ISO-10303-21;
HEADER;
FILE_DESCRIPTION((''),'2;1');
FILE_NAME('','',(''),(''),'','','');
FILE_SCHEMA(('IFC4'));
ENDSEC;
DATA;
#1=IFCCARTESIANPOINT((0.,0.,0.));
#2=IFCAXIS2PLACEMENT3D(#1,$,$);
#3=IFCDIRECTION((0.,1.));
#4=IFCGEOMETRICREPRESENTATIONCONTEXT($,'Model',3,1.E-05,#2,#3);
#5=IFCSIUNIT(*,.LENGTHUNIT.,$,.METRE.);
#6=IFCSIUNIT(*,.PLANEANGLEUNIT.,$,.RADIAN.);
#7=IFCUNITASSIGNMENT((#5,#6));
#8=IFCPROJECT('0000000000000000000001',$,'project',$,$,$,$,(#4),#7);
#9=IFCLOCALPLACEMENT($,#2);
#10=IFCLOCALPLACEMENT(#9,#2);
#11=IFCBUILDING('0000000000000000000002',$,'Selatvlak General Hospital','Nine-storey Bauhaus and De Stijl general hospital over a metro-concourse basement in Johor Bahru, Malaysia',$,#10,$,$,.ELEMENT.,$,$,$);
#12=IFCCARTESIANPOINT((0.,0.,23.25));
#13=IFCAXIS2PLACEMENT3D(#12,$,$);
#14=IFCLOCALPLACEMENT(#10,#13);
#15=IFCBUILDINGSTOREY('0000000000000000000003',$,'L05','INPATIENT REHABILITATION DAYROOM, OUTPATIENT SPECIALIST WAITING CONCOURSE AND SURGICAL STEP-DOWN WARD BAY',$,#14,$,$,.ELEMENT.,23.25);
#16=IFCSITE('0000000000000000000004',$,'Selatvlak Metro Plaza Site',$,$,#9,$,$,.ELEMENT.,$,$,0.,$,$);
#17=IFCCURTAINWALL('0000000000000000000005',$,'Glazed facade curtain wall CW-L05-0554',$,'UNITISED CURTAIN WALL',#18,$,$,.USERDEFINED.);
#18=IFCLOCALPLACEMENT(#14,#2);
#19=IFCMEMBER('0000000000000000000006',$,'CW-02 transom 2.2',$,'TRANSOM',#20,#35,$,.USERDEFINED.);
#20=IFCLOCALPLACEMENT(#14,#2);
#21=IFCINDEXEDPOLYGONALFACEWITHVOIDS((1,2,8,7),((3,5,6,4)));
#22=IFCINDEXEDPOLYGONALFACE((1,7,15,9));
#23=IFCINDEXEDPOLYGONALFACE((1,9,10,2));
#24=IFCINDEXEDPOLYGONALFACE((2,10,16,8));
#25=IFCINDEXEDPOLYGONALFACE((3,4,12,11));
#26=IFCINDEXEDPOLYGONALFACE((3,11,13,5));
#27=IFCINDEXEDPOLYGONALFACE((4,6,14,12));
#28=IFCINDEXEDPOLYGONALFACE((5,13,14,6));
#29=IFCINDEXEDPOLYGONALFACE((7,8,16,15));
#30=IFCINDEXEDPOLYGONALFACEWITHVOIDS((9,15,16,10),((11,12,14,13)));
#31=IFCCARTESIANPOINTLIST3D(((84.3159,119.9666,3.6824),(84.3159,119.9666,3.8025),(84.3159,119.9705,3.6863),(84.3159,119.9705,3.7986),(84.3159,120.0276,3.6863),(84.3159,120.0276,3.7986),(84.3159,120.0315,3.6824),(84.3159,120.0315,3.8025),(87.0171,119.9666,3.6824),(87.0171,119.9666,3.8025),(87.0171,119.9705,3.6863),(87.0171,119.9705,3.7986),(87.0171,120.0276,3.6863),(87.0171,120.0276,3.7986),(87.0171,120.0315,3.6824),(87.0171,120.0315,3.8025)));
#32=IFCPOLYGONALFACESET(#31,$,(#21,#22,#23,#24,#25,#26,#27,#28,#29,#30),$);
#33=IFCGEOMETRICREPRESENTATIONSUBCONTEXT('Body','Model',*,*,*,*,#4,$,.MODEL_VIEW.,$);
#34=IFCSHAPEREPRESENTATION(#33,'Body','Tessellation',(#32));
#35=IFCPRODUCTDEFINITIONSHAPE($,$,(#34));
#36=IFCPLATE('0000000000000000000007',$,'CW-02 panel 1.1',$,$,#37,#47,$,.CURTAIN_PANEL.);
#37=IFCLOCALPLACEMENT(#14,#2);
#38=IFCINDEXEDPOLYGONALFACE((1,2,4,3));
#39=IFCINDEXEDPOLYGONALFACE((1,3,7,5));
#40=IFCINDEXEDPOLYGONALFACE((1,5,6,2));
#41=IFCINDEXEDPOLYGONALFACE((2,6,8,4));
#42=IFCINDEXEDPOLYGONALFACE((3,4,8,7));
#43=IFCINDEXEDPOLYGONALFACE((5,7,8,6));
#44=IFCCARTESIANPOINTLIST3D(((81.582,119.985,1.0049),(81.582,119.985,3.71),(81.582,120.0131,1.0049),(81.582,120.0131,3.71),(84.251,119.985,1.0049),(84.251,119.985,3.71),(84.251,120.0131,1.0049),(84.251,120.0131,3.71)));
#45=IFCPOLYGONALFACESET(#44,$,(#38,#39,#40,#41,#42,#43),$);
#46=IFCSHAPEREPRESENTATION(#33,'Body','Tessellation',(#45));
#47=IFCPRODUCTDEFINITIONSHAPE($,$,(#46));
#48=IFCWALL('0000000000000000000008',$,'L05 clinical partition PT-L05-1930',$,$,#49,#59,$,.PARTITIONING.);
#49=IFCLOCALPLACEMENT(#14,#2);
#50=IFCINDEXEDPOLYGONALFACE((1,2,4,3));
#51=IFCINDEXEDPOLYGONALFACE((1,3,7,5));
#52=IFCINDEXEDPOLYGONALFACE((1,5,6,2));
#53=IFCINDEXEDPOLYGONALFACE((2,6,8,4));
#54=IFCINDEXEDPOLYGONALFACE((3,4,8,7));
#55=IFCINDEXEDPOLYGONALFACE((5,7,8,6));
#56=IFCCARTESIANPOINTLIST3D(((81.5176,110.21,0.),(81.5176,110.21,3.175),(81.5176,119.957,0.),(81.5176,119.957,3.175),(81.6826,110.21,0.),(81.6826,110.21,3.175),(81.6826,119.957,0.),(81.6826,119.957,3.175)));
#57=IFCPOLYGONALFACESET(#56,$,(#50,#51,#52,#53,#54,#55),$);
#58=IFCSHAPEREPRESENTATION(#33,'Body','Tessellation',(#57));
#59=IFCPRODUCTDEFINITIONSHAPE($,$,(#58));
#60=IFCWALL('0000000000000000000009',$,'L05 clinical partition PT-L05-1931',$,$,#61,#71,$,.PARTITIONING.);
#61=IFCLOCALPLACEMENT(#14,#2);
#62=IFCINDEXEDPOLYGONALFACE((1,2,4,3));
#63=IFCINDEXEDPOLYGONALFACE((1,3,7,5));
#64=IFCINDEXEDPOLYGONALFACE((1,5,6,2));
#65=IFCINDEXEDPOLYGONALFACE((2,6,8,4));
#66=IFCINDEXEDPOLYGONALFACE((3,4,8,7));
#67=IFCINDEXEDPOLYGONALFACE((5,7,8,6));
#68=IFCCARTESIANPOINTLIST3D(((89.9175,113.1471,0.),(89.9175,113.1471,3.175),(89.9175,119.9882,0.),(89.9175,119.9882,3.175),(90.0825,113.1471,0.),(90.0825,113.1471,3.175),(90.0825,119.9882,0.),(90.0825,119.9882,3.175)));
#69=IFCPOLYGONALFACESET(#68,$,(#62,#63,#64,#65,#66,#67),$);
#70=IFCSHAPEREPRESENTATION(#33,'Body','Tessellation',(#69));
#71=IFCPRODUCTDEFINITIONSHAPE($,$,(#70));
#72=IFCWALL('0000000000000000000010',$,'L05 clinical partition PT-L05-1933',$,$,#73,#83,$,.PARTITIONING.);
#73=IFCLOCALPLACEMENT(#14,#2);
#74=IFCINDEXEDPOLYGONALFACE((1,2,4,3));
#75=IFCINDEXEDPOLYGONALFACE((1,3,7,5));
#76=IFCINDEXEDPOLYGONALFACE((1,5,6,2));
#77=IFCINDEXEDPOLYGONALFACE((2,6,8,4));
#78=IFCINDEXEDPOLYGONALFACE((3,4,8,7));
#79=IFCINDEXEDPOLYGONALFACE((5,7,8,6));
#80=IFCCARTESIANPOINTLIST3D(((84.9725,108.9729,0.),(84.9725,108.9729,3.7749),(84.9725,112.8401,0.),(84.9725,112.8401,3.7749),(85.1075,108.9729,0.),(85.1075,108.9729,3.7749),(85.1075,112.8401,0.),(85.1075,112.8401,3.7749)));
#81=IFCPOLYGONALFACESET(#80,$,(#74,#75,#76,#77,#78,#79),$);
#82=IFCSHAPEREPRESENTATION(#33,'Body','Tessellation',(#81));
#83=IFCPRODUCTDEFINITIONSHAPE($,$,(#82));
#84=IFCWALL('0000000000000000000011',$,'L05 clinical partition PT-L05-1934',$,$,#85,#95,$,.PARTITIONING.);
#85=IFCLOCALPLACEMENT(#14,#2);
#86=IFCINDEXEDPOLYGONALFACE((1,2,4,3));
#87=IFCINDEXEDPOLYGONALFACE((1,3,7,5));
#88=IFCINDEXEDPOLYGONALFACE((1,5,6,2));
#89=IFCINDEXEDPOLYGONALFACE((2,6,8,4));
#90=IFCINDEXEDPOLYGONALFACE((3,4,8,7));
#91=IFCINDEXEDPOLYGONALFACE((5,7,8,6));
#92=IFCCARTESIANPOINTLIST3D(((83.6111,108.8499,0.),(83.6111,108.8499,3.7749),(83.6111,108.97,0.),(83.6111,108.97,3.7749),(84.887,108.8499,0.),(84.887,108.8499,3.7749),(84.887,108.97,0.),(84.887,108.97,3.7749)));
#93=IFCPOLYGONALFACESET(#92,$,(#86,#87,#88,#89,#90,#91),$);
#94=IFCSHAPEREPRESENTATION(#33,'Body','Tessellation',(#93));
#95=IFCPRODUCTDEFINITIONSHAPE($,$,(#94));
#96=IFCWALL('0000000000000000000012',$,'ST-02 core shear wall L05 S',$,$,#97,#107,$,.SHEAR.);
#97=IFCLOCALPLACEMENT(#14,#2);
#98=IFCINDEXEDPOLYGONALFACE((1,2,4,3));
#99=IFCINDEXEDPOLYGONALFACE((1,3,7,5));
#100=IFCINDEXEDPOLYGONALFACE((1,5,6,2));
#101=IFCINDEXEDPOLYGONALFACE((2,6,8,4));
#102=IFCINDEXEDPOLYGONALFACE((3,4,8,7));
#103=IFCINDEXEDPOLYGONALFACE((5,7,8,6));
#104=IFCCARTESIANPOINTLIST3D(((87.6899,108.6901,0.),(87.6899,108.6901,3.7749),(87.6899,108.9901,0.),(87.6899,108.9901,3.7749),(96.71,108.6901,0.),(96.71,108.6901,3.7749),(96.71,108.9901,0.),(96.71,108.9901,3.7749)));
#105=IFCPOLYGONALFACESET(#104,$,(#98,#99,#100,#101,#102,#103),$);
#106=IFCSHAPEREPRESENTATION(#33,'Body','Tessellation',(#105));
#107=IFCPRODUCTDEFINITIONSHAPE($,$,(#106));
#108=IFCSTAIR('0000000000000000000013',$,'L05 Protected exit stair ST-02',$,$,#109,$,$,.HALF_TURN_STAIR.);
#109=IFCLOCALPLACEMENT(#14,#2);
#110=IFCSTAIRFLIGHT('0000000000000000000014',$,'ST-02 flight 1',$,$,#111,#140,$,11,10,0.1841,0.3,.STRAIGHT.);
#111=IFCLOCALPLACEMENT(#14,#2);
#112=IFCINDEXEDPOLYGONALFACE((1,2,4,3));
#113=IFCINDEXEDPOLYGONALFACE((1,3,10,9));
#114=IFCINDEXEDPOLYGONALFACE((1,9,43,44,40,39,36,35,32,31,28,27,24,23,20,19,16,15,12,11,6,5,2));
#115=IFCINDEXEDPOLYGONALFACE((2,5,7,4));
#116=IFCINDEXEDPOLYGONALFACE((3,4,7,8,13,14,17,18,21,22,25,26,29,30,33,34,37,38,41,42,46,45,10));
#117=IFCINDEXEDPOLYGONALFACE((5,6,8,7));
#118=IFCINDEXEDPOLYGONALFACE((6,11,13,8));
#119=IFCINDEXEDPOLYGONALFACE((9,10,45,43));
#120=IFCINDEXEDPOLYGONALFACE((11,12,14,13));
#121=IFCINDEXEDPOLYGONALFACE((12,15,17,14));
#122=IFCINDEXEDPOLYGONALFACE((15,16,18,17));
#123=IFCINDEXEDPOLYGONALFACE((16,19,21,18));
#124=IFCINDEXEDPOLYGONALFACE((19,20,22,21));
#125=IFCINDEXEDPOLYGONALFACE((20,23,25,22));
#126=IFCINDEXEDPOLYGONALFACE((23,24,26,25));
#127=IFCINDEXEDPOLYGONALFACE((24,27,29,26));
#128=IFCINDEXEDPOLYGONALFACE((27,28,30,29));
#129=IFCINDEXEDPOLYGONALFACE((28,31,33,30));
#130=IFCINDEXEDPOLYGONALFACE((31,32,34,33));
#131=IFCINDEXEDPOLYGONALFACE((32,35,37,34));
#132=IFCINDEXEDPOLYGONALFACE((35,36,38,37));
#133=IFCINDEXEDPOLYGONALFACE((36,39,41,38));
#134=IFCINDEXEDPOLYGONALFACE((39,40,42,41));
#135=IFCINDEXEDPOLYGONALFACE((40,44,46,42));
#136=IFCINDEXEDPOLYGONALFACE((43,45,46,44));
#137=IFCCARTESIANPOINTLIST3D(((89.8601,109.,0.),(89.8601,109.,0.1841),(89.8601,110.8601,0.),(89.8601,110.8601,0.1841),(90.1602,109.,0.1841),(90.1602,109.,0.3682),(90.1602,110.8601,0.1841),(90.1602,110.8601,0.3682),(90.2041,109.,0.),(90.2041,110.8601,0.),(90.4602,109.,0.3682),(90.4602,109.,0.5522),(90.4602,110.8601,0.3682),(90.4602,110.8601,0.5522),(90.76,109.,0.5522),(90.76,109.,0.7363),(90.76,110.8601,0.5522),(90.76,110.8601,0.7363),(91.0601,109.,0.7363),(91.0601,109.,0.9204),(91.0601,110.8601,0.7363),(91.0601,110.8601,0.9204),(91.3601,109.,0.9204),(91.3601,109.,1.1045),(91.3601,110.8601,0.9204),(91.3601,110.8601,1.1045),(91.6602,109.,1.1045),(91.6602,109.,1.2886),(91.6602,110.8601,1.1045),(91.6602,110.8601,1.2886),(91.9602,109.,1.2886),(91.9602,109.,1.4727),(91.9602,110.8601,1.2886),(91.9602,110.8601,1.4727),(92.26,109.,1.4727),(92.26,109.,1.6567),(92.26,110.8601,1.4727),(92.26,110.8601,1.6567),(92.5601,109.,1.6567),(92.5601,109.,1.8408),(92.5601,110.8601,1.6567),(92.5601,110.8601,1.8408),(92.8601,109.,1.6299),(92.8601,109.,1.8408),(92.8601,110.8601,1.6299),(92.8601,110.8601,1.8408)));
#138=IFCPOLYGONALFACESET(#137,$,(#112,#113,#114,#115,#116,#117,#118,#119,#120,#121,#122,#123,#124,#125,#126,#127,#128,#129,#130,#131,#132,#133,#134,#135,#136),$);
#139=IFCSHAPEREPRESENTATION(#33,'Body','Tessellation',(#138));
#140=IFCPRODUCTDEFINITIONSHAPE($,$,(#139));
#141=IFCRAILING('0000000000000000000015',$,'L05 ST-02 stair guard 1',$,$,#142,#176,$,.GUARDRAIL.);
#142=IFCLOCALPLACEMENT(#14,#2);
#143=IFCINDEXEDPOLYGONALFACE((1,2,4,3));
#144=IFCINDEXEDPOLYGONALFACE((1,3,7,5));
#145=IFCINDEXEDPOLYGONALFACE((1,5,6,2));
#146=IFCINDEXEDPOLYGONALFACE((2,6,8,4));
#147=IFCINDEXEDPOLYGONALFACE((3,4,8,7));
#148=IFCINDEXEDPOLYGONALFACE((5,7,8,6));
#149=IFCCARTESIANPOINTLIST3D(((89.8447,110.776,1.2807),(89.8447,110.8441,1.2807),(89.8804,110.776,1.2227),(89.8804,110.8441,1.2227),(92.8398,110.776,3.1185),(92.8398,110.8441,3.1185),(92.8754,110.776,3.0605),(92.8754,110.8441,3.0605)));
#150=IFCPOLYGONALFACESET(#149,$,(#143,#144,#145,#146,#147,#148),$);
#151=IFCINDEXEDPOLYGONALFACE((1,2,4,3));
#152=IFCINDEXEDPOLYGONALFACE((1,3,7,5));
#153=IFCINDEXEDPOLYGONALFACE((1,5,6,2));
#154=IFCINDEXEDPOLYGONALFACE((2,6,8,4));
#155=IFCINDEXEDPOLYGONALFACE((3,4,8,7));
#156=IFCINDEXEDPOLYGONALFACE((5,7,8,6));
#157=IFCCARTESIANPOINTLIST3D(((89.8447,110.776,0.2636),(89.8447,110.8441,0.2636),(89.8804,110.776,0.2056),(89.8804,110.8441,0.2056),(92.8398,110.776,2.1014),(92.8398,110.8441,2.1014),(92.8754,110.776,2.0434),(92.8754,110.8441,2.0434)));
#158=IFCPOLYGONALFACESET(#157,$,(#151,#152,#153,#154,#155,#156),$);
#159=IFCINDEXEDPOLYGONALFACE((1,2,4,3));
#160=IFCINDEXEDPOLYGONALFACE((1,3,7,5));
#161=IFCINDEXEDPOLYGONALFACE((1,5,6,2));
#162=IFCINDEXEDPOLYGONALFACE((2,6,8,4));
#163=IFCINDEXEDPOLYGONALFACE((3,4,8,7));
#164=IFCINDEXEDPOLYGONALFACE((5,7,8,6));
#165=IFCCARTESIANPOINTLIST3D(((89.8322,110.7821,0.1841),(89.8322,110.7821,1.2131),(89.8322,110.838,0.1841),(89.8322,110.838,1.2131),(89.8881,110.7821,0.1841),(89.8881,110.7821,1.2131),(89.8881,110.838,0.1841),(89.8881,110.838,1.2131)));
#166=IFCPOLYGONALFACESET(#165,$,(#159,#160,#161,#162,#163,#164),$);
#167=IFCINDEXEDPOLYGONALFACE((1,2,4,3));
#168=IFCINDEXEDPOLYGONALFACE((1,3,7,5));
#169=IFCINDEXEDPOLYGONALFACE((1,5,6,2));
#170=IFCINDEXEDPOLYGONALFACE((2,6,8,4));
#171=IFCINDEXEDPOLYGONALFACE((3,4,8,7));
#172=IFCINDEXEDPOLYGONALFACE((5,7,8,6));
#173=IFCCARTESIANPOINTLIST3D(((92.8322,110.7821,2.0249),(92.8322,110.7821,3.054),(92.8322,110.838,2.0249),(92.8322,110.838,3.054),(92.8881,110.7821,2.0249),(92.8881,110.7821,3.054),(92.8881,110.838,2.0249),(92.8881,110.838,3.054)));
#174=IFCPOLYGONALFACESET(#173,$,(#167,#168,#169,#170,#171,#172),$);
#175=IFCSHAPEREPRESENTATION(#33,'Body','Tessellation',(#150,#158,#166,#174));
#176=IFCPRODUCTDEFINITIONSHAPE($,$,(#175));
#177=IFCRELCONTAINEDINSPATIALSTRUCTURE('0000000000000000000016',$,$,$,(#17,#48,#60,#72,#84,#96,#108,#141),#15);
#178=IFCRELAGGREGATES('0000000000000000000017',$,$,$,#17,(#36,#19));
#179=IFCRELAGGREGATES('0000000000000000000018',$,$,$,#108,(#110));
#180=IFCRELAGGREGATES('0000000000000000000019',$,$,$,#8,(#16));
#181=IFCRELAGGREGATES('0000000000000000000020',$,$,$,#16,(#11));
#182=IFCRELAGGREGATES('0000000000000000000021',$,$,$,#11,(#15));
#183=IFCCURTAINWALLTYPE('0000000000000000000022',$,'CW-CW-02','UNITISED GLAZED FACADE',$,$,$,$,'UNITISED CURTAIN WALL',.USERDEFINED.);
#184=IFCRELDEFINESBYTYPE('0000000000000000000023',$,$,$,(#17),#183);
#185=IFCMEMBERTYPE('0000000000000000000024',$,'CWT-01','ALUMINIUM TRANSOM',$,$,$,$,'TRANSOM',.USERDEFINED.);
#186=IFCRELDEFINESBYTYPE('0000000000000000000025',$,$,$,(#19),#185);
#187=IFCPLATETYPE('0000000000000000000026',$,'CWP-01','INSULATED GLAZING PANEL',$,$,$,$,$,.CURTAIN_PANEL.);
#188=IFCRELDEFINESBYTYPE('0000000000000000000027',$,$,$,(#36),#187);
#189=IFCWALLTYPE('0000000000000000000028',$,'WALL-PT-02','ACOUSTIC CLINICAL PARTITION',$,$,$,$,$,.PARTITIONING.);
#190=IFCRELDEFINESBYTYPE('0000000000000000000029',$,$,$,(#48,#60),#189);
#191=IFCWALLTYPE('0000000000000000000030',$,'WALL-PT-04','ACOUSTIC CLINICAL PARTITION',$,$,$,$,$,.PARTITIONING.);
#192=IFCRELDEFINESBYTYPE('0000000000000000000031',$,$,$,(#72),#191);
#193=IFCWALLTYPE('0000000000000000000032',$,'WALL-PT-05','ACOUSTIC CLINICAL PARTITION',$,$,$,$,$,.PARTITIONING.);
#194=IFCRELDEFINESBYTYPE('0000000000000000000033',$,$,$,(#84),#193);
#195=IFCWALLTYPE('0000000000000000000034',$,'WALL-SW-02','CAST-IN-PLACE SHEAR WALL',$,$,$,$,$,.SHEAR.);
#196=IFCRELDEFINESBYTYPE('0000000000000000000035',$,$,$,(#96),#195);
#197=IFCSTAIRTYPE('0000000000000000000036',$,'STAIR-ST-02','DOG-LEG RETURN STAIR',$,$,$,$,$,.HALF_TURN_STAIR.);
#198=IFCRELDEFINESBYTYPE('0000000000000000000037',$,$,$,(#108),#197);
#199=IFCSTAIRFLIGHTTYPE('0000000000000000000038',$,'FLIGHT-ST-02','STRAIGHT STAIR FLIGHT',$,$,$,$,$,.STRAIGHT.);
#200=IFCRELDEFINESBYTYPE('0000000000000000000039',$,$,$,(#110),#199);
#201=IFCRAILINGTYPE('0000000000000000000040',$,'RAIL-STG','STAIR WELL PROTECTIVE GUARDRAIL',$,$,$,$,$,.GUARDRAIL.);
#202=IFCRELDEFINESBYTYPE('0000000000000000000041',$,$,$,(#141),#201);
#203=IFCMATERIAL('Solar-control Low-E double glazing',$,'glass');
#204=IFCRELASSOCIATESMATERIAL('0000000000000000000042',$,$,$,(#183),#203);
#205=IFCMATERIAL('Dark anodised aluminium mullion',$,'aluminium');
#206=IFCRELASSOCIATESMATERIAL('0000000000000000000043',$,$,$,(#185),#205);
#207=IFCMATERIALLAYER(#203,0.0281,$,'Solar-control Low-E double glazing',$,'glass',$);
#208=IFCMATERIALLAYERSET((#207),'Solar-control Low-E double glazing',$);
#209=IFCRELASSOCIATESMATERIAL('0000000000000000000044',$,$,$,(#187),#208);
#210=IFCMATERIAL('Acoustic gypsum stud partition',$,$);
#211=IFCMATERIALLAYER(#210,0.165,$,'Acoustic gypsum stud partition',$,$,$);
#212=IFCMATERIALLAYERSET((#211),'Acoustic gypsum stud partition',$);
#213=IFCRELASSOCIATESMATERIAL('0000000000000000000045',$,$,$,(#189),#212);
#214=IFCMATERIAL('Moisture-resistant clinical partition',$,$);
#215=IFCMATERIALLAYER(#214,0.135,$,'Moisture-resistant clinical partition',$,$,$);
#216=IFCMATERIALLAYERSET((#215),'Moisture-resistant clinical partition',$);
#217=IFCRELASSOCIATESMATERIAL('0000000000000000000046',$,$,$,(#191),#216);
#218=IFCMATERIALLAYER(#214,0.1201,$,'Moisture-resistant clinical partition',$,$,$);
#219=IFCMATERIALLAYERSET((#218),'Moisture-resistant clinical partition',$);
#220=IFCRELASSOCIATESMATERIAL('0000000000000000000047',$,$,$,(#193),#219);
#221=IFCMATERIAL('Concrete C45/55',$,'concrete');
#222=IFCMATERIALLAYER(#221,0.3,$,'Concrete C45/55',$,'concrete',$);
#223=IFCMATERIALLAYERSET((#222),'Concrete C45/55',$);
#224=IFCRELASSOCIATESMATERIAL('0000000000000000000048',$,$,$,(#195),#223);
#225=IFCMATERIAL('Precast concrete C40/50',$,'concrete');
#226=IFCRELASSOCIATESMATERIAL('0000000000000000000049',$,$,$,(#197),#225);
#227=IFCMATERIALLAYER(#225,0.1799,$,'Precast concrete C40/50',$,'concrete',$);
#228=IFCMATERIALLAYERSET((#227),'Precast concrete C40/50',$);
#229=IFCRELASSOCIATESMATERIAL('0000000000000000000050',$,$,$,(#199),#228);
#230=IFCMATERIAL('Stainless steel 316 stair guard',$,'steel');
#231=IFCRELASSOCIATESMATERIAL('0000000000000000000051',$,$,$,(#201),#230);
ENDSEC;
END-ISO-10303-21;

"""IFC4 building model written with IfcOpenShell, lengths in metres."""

from ifc_helpers import new_model, si_unit, direction, frame, frame_2d, origin, origin_2d, place, context, subcontext, project, spatial, polyline, rectangle, hollow_rectangle, outline, extrude, material, layer, layer_set, material_profile, profile_set, type_object, element, aggregate, save


model = new_model("IFC4")

# Units and contexts
model_context = context("Model", 3, precision=1e-05, world=origin(), true_north=direction((0.0, 1.0)))
body_context = subcontext(model_context, "Body", "Model", "MODEL_VIEW")
ifc_project = project(units=[si_unit("LENGTHUNIT", "METRE"), si_unit("PLANEANGLEUNIT", "RADIAN")], contexts=[model_context])

# Site, building, storey
site_placement = place(None, origin())
site = spatial("IfcSite", under=ifc_project, at=site_placement, Name="Selatvlak Metro Plaza Site", CompositionType="ELEMENT", RefElevation=0.0)
building_placement = place(site_placement, origin())
building = spatial("IfcBuilding", under=site, at=building_placement, Name="Selatvlak General Hospital", Description="Nine-storey Bauhaus and De Stijl general hospital over a metro-concourse basement in Johor Bahru, Malaysia", CompositionType="ELEMENT")
storey_placement = place(building_placement, frame((0.0, 0.0, 23.25)))
storey = spatial("IfcBuildingStorey", under=building, at=storey_placement, Name="L05", Description="INPATIENT REHABILITATION DAYROOM, OUTPATIENT SPECIALIST WAITING CONCOURSE AND SURGICAL STEP-DOWN WARD BAY", CompositionType="ELEMENT", Elevation=23.25)

# Curtain wall, member, plate
ifc_material_1 = material(Name="Solar-control Low-E double glazing", Category="glass")
curtain_wall_type = type_object("IfcCurtainWallType", Name="CW-CW-02", Description="UNITISED GLAZED FACADE", ElementType="UNITISED CURTAIN WALL", PredefinedType="USERDEFINED", material=ifc_material_1)
curtain_wall_placement = place(storey_placement, origin())
curtain_wall = element("IfcCurtainWall", 1, at=curtain_wall_placement, inside=storey, type_object=curtain_wall_type, Name="Glazed facade curtain wall CW-L05-0554", ObjectType="UNITISED CURTAIN WALL", PredefinedType="USERDEFINED")
ifc_material_2 = material(Name="Dark anodised aluminium mullion", Category="aluminium")
ifc_material_profile_1 = material_profile(ifc_material_2, hollow_rectangle(XDim=0.0649, YDim=0.1201, WallThickness=0.0039, at=origin_2d()), Name="AL-TRN 65x120x4")
ifc_profile_set_1 = profile_set([ifc_material_profile_1], Name="Dark anodised aluminium mullion")
member_type_1 = type_object("IfcMemberType", Name="CWT-01", Description="ALUMINIUM TRANSOM", ElementType="TRANSOM", PredefinedType="USERDEFINED", material=ifc_profile_set_1)
member_1_placement = place(storey_placement, frame((84.3159, 119.999, 3.7424), z_axis=(1.0, 0.0, 0.0), x_axis=(0.0, 1.0, 0.0)))
member_1 = element("IfcMember", 2, at=member_1_placement, type_object=member_type_1, Name="CW-02 transom 2.2", ObjectType="TRANSOM", PredefinedType="USERDEFINED", context=body_context, shape_type="SweptSolid", body=[
    extrude(hollow_rectangle(XDim=0.0649, YDim=0.1201, WallThickness=0.0039, at=origin_2d()), origin(), (0.0, 0.0, 1.0), 2.7012),
])
ifc_layer_1 = layer(ifc_material_1, 0.0281, Name="Solar-control Low-E double glazing", Category="glass")
ifc_layer_set_1 = layer_set([ifc_layer_1], Name="Solar-control Low-E double glazing")
plate_type = type_object("IfcPlateType", Name="CWP-01", Description="INSULATED GLAZING PANEL", PredefinedType="CURTAIN_PANEL", material=ifc_layer_set_1)
plate_placement = place(storey_placement, frame((82.9165, 119.999, 1.0049), z_axis=(0.0, 0.0, 1.0), x_axis=(1.0, 0.0, 0.0)))
plate = element("IfcPlate", 3, at=plate_placement, type_object=plate_type, Name="CW-02 panel 1.1", PredefinedType="CURTAIN_PANEL", context=body_context, shape_type="SweptSolid", body=[
    extrude(rectangle(XDim=2.6689, YDim=0.0281, at=origin_2d()), origin(), (0.0, 0.0, 1.0), 2.7051),
])
aggregate(curtain_wall, [plate, member_1])

# Walls
ifc_material_3 = material(Name="Acoustic gypsum stud partition")
ifc_layer_2 = layer(ifc_material_3, 0.165, Name="Acoustic gypsum stud partition")
ifc_layer_set_2 = layer_set([ifc_layer_2], Name="Acoustic gypsum stud partition")
wall_type_1 = type_object("IfcWallType", Name="WALL-PT-02", Description="ACOUSTIC CLINICAL PARTITION", PredefinedType="PARTITIONING", material=ifc_layer_set_2)
wall_1_placement = place(storey_placement, frame((81.6001, 119.957, 0.0), z_axis=(0.0, 0.0, 1.0), x_axis=(0.0, -1.0, 0.0)))
element("IfcWall", 4, at=wall_1_placement, inside=storey, type_object=wall_type_1, Name="L05 clinical partition PT-L05-1930", PredefinedType="PARTITIONING", context=body_context, shape_type="SweptSolid", body=[
    extrude(rectangle(XDim=9.7471, YDim=0.165, at=frame_2d((4.8735, 0.0))), origin(), (0.0, 0.0, 1.0), 3.175),
])
wall_2_placement = place(storey_placement, frame((90.0, 119.988, 0.0), z_axis=(0.0, 0.0, 1.0), x_axis=(0.0, -1.0, 0.0)))
element("IfcWall", 5, at=wall_2_placement, inside=storey, type_object=wall_type_1, Name="L05 clinical partition PT-L05-1931", PredefinedType="PARTITIONING", context=body_context, shape_type="SweptSolid", body=[
    extrude(rectangle(XDim=6.8411, YDim=0.165, at=frame_2d((3.4204, 0.0))), origin(), (0.0, 0.0, 1.0), 3.175),
])

# Walls
ifc_material_4 = material(Name="Moisture-resistant clinical partition")
ifc_layer_3 = layer(ifc_material_4, 0.135, Name="Moisture-resistant clinical partition")
ifc_layer_set_3 = layer_set([ifc_layer_3], Name="Moisture-resistant clinical partition")
wall_type_2 = type_object("IfcWallType", Name="WALL-PT-04", Description="ACOUSTIC CLINICAL PARTITION", PredefinedType="PARTITIONING", material=ifc_layer_set_3)
wall_3_placement = place(storey_placement, frame((85.04, 112.8401, 0.0), z_axis=(0.0, 0.0, 1.0), x_axis=(0.0, -1.0, 0.0)))
element("IfcWall", 6, at=wall_3_placement, inside=storey, type_object=wall_type_2, Name="L05 clinical partition PT-L05-1933", PredefinedType="PARTITIONING", context=body_context, shape_type="SweptSolid", body=[
    extrude(rectangle(XDim=3.8672, YDim=0.135, at=frame_2d((1.9336, 0.0))), origin(), (0.0, 0.0, 1.0), 3.7749),
])
ifc_layer_4 = layer(ifc_material_4, 0.1201, Name="Moisture-resistant clinical partition")
ifc_layer_set_4 = layer_set([ifc_layer_4], Name="Moisture-resistant clinical partition")
wall_type_3 = type_object("IfcWallType", Name="WALL-PT-05", Description="ACOUSTIC CLINICAL PARTITION", PredefinedType="PARTITIONING", material=ifc_layer_set_4)
wall_4_placement = place(storey_placement, frame((84.887, 108.9099, 0.0), z_axis=(0.0, 0.0, 1.0), x_axis=(-1.0, 0.0, 0.0)))
element("IfcWall", 7, at=wall_4_placement, inside=storey, type_object=wall_type_3, Name="L05 clinical partition PT-L05-1934", PredefinedType="PARTITIONING", context=body_context, shape_type="SweptSolid", body=[
    extrude(rectangle(XDim=1.2759, YDim=0.1201, at=frame_2d((0.6379, 0.0))), origin(), (0.0, 0.0, 1.0), 3.7749),
])
ifc_material_5 = material(Name="Concrete C45/55", Category="concrete")
ifc_layer_5 = layer(ifc_material_5, 0.3, Name="Concrete C45/55", Category="concrete")
ifc_layer_set_5 = layer_set([ifc_layer_5], Name="Concrete C45/55")
wall_type_4 = type_object("IfcWallType", Name="WALL-SW-02", Description="CAST-IN-PLACE SHEAR WALL", PredefinedType="SHEAR", material=ifc_layer_set_5)
wall_5_placement = place(storey_placement, frame((87.6899, 108.8401, 0.0), z_axis=(0.0, 0.0, 1.0), x_axis=(1.0, 0.0, 0.0)))
element("IfcWall", 8, at=wall_5_placement, inside=storey, type_object=wall_type_4, Name="ST-02 core shear wall L05 S", PredefinedType="SHEAR", context=body_context, shape_type="SweptSolid", body=[
    extrude(rectangle(XDim=9.02, YDim=0.3, at=frame_2d((4.51, 0.0))), origin(), (0.0, 0.0, 1.0), 3.7749),
])

# Stair, stair flight
ifc_material_6 = material(Name="Precast concrete C40/50", Category="concrete")
stair_type = type_object("IfcStairType", Name="STAIR-ST-02", Description="DOG-LEG RETURN STAIR", PredefinedType="HALF_TURN_STAIR", material=ifc_material_6)
stair_placement = place(storey_placement, origin())
stair = element("IfcStair", 9, at=stair_placement, inside=storey, type_object=stair_type, Name="L05 Protected exit stair ST-02", PredefinedType="HALF_TURN_STAIR")
ifc_layer_6 = layer(ifc_material_6, 0.1799, Name="Precast concrete C40/50", Category="concrete")
ifc_layer_set_6 = layer_set([ifc_layer_6], Name="Precast concrete C40/50")
stair_flight_type = type_object("IfcStairFlightType", Name="FLIGHT-ST-02", Description="STRAIGHT STAIR FLIGHT", PredefinedType="STRAIGHT", material=ifc_layer_set_6)
stair_flight_placement = place(storey_placement, frame((89.8601, 109.9299, 0.0), z_axis=(0.0, 0.0, 1.0), x_axis=(1.0, 0.0, 0.0)))
stair_flight = element("IfcStairFlight", 10, at=stair_flight_placement, type_object=stair_flight_type, Name="ST-02 flight 1", NumberOfRisers=11, NumberOfTreads=10, PredefinedType="STRAIGHT", RiserHeight=0.1841, TreadLength=0.3, context=body_context, shape_type="SweptSolid", body=[
    extrude(outline(polyline([(0.0, 0.0), (0.0, 0.1841), (0.3, 0.1841), (0.3, 0.3682), (0.6001, 0.3682), (0.6001, 0.5522), (0.8999, 0.5522), (0.8999, 0.7363), (1.2, 0.7363), (1.2, 0.9204), (1.5, 0.9204), (1.5, 1.1045), (1.8, 1.1045), (1.8, 1.2886), (2.1001, 1.2886), (2.1001, 1.4727), (2.3999, 1.4727), (2.3999, 1.6567), (2.7, 1.6567), (2.7, 1.8408), (3.0, 1.8408), (3.0, 2.0249), (3.0, 1.6299), (0.344, 0.0), (0.0, 0.0)])), frame((0.0, 0.9302, 0.0), z_axis=(0.0, -1.0, 0.0), x_axis=(1.0, 0.0, 0.0)), (0.0, 0.0, 1.0), 1.8601),
])
aggregate(stair, [stair_flight])

# Railing
ifc_material_7 = material(Name="Stainless steel 316 stair guard", Category="steel")
railing_type_1 = type_object("IfcRailingType", Name="RAIL-STG", Description="STAIR WELL PROTECTIVE GUARDRAIL", PredefinedType="GUARDRAIL", material=ifc_material_7)
railing_1_placement = place(storey_placement, frame((89.8601, 110.8101, 0.1841)))
element("IfcRailing", 11, at=railing_1_placement, inside=storey, type_object=railing_type_1, Name="L05 ST-02 stair guard 1", PredefinedType="GUARDRAIL", context=body_context, shape_type="SweptSolid", body=[
    extrude(rectangle(XDim=0.0681, YDim=0.0681, at=origin_2d()), frame((0.0024, 0.0, 1.0676), z_axis=(0.852334, 0.0, 0.522998), x_axis=(0.0, 1.0, 0.0)), (0.0, 0.0, 1.0), 3.5139),
    extrude(rectangle(XDim=0.0681, YDim=0.0681, at=origin_2d()), frame((0.0024, 0.0, 0.0505), z_axis=(0.852334, 0.0, 0.522998), x_axis=(0.0, 1.0, 0.0)), (0.0, 0.0, 1.0), 3.5139),
    extrude(rectangle(XDim=0.0559, YDim=0.0559, at=origin_2d()), origin(), (0.0, 0.0, 1.0), 1.0291),
    extrude(rectangle(XDim=0.0559, YDim=0.0559, at=origin_2d()), frame((3.0, 0.0, 1.8408)), (0.0, 0.0, 1.0), 1.0291),
])

save(model, "model.ifc")
